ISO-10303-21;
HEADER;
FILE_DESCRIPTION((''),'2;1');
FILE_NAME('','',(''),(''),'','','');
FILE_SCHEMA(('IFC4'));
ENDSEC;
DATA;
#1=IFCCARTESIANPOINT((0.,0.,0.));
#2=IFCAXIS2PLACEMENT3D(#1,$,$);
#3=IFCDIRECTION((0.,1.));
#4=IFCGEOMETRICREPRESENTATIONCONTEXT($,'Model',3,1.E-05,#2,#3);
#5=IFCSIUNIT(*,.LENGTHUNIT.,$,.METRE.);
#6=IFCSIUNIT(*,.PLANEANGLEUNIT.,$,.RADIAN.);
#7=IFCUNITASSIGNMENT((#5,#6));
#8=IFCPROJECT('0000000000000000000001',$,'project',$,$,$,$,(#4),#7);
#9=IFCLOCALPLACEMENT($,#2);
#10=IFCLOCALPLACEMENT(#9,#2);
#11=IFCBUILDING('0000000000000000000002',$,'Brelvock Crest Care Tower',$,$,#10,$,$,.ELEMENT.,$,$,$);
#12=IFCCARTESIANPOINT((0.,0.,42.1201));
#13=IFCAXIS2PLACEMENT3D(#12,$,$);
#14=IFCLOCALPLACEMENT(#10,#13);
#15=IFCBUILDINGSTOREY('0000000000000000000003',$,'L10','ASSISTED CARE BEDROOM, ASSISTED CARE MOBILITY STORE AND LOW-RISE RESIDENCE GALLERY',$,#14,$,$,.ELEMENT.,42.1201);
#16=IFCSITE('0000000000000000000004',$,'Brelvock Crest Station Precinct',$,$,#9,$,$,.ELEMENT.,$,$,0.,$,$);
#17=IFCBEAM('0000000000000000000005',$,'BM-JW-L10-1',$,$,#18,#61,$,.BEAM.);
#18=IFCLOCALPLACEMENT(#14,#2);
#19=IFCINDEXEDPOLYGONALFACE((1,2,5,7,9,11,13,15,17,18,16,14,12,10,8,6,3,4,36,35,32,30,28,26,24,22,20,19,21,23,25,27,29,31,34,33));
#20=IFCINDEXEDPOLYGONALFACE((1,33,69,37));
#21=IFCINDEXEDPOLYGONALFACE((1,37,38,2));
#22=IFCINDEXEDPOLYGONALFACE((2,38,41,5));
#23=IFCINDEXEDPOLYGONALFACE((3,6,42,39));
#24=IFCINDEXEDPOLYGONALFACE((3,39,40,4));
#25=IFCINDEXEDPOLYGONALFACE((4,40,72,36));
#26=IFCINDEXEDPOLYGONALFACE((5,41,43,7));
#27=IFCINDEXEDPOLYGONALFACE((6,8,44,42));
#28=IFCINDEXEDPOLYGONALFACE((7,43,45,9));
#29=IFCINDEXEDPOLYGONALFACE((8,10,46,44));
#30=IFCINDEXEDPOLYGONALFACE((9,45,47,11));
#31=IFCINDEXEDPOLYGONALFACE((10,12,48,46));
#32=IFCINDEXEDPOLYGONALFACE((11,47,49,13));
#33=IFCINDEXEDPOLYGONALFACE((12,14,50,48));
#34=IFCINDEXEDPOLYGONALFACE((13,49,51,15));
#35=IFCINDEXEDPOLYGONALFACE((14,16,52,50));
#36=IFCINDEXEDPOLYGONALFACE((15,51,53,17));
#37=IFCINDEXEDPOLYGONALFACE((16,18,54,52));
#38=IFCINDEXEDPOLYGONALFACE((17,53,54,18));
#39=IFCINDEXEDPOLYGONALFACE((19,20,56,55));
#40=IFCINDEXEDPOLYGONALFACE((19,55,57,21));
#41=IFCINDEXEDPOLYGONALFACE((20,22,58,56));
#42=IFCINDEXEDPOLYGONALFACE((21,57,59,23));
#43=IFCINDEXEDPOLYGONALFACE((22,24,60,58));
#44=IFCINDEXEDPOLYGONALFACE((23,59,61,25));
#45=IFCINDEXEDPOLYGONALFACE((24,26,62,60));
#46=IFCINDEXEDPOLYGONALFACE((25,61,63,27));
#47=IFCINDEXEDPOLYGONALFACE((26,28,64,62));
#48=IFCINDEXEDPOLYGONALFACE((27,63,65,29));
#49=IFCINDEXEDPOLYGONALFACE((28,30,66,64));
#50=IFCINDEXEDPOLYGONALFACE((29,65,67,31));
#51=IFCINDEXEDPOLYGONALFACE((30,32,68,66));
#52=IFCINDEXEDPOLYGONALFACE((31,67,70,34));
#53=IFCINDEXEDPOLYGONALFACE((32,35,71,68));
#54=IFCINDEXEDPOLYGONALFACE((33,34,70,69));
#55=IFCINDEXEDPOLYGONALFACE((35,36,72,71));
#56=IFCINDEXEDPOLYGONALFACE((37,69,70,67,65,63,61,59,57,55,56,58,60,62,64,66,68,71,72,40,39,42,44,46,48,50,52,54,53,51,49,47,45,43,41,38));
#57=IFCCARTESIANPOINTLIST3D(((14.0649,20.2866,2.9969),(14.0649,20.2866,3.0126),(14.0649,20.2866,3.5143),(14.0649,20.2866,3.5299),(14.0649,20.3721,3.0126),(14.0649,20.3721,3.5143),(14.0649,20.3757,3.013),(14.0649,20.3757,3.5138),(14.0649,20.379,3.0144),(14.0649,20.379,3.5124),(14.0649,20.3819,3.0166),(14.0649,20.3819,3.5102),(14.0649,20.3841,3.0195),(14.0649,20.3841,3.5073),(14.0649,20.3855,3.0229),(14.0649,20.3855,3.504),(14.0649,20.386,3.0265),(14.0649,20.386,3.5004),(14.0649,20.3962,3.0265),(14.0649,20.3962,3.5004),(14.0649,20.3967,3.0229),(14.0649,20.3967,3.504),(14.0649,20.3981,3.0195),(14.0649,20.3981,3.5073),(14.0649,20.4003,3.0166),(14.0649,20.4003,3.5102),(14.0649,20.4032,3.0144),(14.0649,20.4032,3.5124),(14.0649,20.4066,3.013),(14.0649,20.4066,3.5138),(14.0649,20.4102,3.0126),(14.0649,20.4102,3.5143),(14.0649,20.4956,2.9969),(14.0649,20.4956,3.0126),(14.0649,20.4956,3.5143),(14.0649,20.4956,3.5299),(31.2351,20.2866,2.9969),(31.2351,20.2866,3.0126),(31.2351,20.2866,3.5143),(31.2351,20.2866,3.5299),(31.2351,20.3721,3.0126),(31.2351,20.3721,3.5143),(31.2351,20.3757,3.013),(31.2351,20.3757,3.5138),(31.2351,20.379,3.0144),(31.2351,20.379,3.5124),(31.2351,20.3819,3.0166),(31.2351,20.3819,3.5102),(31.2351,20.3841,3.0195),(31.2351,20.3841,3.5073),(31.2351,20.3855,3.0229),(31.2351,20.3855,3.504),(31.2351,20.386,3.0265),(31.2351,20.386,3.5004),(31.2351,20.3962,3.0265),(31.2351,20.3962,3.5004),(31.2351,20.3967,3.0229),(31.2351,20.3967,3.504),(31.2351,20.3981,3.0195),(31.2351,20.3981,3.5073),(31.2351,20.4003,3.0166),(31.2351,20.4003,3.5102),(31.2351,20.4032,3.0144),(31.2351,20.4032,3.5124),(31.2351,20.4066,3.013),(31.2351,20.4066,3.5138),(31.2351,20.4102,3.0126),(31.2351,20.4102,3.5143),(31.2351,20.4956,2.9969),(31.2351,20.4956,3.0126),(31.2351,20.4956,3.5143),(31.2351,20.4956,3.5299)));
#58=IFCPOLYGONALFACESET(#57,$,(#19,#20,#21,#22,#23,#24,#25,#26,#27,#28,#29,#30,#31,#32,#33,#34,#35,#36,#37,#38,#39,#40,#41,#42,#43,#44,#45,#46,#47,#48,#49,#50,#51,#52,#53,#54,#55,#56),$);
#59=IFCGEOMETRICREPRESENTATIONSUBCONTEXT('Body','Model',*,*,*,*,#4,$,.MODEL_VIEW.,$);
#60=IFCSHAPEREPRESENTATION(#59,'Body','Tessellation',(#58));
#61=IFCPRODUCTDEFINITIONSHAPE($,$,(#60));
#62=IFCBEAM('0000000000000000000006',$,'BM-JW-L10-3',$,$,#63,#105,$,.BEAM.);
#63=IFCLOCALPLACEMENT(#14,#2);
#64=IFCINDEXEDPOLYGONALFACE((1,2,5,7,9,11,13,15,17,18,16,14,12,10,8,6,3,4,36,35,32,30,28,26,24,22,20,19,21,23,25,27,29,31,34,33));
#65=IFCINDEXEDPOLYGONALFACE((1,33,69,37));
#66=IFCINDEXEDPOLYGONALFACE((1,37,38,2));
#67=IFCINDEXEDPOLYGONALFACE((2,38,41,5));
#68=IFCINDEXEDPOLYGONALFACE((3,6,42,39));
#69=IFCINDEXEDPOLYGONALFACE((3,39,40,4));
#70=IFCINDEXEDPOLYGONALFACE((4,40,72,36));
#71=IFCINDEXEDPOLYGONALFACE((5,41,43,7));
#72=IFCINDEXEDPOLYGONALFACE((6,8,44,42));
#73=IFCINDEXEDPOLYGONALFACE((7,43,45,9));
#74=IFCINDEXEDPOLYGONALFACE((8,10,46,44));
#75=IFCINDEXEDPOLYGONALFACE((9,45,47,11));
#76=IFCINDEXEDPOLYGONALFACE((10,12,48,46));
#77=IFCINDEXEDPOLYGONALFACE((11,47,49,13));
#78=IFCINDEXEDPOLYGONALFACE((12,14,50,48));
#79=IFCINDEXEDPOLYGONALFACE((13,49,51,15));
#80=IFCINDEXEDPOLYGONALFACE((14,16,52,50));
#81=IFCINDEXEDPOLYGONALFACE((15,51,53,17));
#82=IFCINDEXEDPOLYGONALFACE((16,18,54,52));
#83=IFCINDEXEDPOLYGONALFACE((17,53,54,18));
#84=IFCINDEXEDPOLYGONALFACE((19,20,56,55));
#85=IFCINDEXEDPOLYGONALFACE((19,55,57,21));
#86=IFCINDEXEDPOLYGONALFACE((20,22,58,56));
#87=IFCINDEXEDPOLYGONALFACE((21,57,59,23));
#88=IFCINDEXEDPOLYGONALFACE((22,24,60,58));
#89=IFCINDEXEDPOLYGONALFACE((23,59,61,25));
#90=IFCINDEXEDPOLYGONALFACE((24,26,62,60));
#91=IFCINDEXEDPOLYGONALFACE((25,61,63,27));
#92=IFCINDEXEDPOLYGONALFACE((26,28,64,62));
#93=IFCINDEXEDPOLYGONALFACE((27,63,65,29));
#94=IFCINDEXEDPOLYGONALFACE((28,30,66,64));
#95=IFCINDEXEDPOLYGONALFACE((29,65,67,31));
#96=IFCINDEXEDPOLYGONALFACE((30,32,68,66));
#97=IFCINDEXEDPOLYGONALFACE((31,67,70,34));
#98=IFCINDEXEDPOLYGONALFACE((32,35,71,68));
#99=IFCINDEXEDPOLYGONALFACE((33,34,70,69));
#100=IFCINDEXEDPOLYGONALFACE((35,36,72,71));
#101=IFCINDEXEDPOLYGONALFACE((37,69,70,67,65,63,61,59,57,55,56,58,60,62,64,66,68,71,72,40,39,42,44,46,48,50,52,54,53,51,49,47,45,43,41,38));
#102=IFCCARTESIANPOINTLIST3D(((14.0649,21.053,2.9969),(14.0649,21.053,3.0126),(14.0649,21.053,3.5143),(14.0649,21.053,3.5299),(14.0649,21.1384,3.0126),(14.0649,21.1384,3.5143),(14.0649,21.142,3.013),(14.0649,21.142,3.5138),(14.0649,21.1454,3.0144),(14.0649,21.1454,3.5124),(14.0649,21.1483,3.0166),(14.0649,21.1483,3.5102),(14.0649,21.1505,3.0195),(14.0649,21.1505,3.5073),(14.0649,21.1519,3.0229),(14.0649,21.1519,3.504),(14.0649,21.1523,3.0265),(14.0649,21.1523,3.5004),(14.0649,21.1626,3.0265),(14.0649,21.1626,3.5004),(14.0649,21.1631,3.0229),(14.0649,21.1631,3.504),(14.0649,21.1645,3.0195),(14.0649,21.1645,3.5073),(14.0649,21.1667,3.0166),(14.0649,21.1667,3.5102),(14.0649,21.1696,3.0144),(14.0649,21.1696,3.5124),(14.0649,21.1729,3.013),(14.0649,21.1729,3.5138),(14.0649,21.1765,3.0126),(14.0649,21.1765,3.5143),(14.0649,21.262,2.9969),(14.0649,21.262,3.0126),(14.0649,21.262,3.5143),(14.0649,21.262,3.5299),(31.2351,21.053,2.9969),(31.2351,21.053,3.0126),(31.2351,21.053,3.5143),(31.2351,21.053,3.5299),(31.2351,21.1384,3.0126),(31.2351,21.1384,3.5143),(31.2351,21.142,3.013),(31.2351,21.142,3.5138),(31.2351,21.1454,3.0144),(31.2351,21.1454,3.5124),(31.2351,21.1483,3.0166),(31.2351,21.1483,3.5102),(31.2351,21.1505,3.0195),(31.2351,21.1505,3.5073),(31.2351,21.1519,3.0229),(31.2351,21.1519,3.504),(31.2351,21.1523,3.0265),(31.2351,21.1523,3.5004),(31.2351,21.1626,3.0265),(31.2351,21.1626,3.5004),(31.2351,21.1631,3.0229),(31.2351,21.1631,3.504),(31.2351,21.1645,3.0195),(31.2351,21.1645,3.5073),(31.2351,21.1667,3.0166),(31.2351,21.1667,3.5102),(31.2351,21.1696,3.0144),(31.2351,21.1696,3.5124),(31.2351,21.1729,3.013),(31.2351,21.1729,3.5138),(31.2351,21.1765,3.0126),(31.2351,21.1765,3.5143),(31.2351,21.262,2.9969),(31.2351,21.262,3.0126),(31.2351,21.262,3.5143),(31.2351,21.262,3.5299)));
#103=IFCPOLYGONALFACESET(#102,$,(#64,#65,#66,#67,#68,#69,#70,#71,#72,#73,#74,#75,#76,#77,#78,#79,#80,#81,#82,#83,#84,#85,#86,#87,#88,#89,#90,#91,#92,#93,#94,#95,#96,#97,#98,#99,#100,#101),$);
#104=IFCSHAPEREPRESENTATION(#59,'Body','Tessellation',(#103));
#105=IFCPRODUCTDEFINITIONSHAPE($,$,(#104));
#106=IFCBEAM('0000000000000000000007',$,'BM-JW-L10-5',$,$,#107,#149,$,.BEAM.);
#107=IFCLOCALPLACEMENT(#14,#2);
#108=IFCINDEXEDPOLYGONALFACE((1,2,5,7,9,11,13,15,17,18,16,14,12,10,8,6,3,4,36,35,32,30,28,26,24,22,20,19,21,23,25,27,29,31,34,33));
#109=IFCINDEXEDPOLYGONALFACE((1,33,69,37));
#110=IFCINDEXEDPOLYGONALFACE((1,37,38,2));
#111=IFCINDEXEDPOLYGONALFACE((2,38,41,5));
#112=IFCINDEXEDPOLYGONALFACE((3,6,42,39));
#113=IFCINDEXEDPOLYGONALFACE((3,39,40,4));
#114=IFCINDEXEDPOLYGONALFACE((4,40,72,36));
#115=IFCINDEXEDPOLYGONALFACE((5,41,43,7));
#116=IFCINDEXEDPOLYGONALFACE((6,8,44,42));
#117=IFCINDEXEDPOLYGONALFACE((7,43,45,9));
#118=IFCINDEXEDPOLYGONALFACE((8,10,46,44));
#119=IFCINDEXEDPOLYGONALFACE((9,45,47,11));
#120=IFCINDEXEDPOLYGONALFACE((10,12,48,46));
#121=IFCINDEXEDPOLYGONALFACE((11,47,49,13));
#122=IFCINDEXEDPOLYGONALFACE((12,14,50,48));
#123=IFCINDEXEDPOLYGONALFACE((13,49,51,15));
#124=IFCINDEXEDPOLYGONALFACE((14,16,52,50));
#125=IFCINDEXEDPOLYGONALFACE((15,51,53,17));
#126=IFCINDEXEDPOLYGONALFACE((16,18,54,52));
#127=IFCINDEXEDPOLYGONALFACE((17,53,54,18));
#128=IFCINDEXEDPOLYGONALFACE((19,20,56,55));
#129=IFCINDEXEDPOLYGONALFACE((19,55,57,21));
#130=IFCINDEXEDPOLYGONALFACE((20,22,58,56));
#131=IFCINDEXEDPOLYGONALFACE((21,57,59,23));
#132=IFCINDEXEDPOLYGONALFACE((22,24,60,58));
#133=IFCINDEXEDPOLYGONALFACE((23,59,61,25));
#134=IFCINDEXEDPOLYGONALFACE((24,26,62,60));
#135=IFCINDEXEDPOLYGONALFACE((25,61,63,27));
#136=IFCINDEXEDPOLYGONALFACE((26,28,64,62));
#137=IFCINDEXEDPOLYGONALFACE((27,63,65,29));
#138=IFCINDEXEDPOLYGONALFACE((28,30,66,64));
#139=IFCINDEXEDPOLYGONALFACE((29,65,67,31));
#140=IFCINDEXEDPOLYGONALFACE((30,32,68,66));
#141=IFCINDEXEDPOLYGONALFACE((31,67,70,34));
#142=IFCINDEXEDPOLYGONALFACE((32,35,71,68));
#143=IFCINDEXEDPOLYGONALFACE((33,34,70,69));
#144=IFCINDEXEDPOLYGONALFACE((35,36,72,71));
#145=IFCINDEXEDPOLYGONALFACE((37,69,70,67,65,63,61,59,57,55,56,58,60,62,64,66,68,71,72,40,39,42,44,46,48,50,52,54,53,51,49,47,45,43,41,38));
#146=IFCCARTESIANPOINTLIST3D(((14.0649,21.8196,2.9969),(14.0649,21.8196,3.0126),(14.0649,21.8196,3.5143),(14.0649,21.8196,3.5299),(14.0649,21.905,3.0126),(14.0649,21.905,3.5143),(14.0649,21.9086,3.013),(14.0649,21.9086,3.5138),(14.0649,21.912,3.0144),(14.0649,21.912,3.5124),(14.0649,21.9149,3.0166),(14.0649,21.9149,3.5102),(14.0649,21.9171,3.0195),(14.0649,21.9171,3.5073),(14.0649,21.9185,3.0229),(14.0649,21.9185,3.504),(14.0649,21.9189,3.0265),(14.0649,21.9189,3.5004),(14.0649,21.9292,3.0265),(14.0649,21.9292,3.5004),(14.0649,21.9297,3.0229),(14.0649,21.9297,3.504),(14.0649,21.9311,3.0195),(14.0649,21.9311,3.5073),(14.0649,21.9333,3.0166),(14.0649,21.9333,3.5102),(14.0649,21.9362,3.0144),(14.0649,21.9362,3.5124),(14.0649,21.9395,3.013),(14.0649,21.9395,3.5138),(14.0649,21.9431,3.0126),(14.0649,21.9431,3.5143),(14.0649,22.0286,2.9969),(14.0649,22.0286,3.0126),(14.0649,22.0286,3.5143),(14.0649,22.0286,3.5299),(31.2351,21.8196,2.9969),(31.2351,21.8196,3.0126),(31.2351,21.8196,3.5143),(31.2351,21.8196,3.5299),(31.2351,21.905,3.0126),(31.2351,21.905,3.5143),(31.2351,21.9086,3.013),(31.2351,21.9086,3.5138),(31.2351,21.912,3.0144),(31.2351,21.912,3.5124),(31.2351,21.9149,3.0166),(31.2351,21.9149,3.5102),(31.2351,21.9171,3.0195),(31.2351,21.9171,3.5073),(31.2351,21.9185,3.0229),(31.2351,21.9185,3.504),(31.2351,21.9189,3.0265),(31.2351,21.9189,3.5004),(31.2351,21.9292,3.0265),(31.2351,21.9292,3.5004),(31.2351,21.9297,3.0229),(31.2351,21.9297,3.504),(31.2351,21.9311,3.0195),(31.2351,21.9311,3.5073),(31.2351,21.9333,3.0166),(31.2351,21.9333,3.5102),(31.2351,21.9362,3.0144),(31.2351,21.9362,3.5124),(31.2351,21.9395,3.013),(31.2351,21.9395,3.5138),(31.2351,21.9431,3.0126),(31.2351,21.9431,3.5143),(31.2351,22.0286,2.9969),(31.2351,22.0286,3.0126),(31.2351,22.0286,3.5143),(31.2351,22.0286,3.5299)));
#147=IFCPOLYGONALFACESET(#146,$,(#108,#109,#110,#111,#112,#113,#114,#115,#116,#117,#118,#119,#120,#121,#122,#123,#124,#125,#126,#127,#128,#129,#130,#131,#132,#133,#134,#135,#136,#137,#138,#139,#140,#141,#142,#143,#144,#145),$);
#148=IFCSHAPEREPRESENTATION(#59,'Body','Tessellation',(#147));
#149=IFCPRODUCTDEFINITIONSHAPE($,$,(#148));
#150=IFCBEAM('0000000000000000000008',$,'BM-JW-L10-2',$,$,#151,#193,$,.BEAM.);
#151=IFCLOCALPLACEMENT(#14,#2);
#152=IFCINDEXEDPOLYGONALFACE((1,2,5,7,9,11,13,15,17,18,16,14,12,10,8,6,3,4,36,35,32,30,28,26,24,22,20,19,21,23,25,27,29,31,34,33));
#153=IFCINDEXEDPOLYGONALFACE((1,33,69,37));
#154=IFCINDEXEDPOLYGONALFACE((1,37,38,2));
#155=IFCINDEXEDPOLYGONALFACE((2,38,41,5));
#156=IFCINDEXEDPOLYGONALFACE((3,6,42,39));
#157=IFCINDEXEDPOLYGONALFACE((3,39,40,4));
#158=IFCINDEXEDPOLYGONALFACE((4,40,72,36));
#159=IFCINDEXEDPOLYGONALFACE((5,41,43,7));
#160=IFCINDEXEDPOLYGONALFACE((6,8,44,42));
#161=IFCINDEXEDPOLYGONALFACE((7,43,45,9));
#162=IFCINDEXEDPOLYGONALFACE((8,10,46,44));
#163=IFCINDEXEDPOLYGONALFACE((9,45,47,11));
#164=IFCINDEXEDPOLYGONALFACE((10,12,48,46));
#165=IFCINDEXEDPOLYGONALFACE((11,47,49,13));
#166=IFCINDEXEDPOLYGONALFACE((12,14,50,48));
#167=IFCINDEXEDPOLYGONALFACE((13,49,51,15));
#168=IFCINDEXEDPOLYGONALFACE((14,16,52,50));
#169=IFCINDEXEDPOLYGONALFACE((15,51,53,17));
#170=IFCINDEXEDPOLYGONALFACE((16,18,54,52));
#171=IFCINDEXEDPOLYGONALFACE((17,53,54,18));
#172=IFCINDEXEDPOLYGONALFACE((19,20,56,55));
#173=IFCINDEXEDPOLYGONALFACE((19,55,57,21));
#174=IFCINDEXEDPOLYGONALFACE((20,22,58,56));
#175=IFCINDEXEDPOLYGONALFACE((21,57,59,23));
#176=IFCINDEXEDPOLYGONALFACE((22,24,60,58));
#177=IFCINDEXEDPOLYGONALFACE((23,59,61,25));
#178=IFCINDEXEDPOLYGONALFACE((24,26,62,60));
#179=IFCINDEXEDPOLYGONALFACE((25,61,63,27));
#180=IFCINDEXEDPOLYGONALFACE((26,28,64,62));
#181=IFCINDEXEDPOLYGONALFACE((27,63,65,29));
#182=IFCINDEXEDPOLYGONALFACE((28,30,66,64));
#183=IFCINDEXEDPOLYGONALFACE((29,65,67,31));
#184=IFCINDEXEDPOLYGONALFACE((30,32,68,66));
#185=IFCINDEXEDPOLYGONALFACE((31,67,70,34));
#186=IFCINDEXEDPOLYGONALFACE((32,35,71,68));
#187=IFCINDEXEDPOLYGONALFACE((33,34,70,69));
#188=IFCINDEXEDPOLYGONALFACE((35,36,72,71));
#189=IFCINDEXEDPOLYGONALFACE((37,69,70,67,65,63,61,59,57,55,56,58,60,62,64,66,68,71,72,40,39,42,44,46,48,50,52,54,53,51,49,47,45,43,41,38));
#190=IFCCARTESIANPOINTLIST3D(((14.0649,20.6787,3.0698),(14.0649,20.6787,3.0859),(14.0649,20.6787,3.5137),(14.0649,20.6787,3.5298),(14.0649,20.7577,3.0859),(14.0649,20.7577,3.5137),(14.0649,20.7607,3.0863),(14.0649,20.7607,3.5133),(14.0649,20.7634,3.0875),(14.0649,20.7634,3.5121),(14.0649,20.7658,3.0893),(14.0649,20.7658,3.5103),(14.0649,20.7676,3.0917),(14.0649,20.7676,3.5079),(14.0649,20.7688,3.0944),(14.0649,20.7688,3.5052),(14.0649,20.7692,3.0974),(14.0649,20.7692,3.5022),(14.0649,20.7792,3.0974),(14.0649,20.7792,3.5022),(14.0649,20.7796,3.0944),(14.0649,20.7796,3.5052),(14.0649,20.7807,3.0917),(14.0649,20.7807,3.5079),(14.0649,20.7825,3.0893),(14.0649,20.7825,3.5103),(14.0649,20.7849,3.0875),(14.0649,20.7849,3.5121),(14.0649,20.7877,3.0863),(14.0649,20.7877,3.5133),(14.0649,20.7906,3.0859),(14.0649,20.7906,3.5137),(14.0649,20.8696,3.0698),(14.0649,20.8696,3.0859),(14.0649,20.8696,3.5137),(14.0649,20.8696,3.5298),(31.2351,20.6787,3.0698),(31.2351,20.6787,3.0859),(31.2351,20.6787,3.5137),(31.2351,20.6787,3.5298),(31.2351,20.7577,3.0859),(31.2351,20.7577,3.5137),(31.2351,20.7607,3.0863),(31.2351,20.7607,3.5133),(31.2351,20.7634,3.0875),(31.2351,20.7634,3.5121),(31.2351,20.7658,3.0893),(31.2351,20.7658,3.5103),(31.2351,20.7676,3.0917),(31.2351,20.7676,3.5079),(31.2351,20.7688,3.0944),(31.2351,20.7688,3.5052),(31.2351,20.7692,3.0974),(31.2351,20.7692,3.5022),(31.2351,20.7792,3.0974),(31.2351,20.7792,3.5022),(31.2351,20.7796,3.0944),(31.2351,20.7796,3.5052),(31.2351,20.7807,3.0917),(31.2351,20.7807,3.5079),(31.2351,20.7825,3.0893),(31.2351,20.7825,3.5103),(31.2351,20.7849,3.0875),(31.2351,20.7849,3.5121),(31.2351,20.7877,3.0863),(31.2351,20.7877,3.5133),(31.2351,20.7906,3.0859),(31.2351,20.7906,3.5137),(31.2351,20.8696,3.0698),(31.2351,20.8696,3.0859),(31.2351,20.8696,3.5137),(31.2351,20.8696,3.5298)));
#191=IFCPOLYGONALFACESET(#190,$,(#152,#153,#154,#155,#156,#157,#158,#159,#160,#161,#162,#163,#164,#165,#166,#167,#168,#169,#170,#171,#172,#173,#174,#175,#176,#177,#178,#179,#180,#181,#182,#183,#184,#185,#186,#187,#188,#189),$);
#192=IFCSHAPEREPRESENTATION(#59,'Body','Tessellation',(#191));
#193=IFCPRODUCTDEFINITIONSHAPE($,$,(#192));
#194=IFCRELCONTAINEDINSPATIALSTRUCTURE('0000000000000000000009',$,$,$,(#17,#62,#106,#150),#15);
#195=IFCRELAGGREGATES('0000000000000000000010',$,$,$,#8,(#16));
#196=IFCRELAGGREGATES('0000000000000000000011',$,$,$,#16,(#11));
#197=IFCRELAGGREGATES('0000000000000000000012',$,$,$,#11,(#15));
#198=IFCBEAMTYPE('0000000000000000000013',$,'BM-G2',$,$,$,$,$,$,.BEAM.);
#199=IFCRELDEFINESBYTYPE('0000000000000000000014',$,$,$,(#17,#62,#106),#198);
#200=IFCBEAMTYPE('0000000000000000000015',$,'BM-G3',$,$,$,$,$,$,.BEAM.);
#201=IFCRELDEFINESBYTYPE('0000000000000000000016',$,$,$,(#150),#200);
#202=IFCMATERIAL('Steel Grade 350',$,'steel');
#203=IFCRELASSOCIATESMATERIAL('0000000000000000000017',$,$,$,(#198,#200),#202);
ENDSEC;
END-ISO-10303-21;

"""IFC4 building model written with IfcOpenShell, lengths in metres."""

from ifc_helpers import new_model, si_unit, direction, frame, origin, origin_2d, place, context, subcontext, project, spatial, i_section, extrude, source, transform, mapped, material, material_profile, profile_set, type_object, element, save


model = new_model("IFC4")

# Units and contexts
model_context = context("Model", 3, precision=1e-05, world=origin(), true_north=direction((0.0, 1.0)))
body_context = subcontext(model_context, "Body", "Model", "MODEL_VIEW")
ifc_project = project(units=[si_unit("LENGTHUNIT", "METRE"), si_unit("PLANEANGLEUNIT", "RADIAN")], contexts=[model_context])

# Site, building, storey
site_placement = place(None, origin())
site = spatial("IfcSite", under=ifc_project, at=site_placement, Name="Brelvock Crest Station Precinct", CompositionType="ELEMENT", RefElevation=0.0)
building_placement = place(site_placement, origin())
building = spatial("IfcBuilding", under=site, at=building_placement, Name="Brelvock Crest Care Tower", CompositionType="ELEMENT")
storey_placement = place(building_placement, frame((0.0, 0.0, 42.1201)))
storey = spatial("IfcBuildingStorey", under=building, at=storey_placement, Name="L10", Description="ASSISTED CARE BEDROOM, ASSISTED CARE MOBILITY STORE AND LOW-RISE RESIDENCE GALLERY", CompositionType="ELEMENT", Elevation=42.1201)

# Shared definitions
ifc_material_1 = material(Name="Steel Grade 350", Category="steel")

# Beams
ifc_material_profile_1 = material_profile(ifc_material_1, i_section(OverallWidth=0.209, OverallDepth=0.533, WebThickness=0.0103, FlangeThickness=0.0156, FilletRadius=0.0139, at=origin_2d()), Name="530UB92.4")
ifc_profile_set_1 = profile_set([ifc_material_profile_1], Name="Steel Grade 350")
beam_type_1 = type_object("IfcBeamType", Name="BM-G2", PredefinedType="BEAM", material=ifc_profile_set_1)
shared_shape_1 = source(origin(), body_context, "Body", "SweptSolid", [
    extrude(i_section(OverallWidth=0.209, OverallDepth=0.533, WebThickness=0.0103, FlangeThickness=0.0156, FilletRadius=0.0139, at=origin_2d()), origin(), (0.0, 0.0, 1.0), 17.1702),
])
for number, where, z_axis, x_axis, name in (
    (1, (14.0649, 20.3911, 3.2634), (1.0, 0.0, 0.0), (0.0, 1.0, 0.0), "BM-JW-L10-1"),
    (2, (14.0649, 21.1575, 3.2634), (1.0, 0.0, 0.0), (0.0, 1.0, 0.0), "BM-JW-L10-3"),
    (3, (14.0649, 21.9241, 3.2634), (1.0, 0.0, 0.0), (0.0, 1.0, 0.0), "BM-JW-L10-5"),
):
    element("IfcBeam", number, at=place(storey_placement, frame(where, z_axis=z_axis, x_axis=x_axis)), inside=storey, type_object=beam_type_1, Name=name, PredefinedType="BEAM", context=body_context, shape_type="MappedRepresentation", body=[
        mapped(shared_shape_1, transform((0.0, 0.0, 0.0), x_axis=(1.0, 0.0, 0.0), y_axis=(0.0, 1.0, 0.0), z_axis=(0.0, 0.0, 1.0), scale=1.0)),
    ])
ifc_material_profile_2 = material_profile(ifc_material_1, i_section(OverallWidth=0.1909, OverallDepth=0.46, WebThickness=0.01, FlangeThickness=0.0161, FilletRadius=0.0115, at=origin_2d()), Name="460UB82.1")
ifc_profile_set_2 = profile_set([ifc_material_profile_2], Name="Steel Grade 350")
beam_type_2 = type_object("IfcBeamType", Name="BM-G3", PredefinedType="BEAM", material=ifc_profile_set_2)
shared_shape_2 = source(origin(), body_context, "Body", "SweptSolid", [
    extrude(i_section(OverallWidth=0.1909, OverallDepth=0.46, WebThickness=0.01, FlangeThickness=0.0161, FilletRadius=0.0115, at=origin_2d()), origin(), (0.0, 0.0, 1.0), 17.1702),
])
for number, where, z_axis, x_axis, name in (
    (4, (14.0649, 20.7742, 3.2998), (1.0, 0.0, 0.0), (0.0, 1.0, 0.0), "BM-JW-L10-2"),
):
    element("IfcBeam", number, at=place(storey_placement, frame(where, z_axis=z_axis, x_axis=x_axis)), inside=storey, type_object=beam_type_2, Name=name, PredefinedType="BEAM", context=body_context, shape_type="MappedRepresentation", body=[
        mapped(shared_shape_2, transform((0.0, 0.0, 0.0), x_axis=(1.0, 0.0, 0.0), y_axis=(0.0, 1.0, 0.0), z_axis=(0.0, 0.0, 1.0), scale=1.0)),
    ])

save(model, "model.ifc")
